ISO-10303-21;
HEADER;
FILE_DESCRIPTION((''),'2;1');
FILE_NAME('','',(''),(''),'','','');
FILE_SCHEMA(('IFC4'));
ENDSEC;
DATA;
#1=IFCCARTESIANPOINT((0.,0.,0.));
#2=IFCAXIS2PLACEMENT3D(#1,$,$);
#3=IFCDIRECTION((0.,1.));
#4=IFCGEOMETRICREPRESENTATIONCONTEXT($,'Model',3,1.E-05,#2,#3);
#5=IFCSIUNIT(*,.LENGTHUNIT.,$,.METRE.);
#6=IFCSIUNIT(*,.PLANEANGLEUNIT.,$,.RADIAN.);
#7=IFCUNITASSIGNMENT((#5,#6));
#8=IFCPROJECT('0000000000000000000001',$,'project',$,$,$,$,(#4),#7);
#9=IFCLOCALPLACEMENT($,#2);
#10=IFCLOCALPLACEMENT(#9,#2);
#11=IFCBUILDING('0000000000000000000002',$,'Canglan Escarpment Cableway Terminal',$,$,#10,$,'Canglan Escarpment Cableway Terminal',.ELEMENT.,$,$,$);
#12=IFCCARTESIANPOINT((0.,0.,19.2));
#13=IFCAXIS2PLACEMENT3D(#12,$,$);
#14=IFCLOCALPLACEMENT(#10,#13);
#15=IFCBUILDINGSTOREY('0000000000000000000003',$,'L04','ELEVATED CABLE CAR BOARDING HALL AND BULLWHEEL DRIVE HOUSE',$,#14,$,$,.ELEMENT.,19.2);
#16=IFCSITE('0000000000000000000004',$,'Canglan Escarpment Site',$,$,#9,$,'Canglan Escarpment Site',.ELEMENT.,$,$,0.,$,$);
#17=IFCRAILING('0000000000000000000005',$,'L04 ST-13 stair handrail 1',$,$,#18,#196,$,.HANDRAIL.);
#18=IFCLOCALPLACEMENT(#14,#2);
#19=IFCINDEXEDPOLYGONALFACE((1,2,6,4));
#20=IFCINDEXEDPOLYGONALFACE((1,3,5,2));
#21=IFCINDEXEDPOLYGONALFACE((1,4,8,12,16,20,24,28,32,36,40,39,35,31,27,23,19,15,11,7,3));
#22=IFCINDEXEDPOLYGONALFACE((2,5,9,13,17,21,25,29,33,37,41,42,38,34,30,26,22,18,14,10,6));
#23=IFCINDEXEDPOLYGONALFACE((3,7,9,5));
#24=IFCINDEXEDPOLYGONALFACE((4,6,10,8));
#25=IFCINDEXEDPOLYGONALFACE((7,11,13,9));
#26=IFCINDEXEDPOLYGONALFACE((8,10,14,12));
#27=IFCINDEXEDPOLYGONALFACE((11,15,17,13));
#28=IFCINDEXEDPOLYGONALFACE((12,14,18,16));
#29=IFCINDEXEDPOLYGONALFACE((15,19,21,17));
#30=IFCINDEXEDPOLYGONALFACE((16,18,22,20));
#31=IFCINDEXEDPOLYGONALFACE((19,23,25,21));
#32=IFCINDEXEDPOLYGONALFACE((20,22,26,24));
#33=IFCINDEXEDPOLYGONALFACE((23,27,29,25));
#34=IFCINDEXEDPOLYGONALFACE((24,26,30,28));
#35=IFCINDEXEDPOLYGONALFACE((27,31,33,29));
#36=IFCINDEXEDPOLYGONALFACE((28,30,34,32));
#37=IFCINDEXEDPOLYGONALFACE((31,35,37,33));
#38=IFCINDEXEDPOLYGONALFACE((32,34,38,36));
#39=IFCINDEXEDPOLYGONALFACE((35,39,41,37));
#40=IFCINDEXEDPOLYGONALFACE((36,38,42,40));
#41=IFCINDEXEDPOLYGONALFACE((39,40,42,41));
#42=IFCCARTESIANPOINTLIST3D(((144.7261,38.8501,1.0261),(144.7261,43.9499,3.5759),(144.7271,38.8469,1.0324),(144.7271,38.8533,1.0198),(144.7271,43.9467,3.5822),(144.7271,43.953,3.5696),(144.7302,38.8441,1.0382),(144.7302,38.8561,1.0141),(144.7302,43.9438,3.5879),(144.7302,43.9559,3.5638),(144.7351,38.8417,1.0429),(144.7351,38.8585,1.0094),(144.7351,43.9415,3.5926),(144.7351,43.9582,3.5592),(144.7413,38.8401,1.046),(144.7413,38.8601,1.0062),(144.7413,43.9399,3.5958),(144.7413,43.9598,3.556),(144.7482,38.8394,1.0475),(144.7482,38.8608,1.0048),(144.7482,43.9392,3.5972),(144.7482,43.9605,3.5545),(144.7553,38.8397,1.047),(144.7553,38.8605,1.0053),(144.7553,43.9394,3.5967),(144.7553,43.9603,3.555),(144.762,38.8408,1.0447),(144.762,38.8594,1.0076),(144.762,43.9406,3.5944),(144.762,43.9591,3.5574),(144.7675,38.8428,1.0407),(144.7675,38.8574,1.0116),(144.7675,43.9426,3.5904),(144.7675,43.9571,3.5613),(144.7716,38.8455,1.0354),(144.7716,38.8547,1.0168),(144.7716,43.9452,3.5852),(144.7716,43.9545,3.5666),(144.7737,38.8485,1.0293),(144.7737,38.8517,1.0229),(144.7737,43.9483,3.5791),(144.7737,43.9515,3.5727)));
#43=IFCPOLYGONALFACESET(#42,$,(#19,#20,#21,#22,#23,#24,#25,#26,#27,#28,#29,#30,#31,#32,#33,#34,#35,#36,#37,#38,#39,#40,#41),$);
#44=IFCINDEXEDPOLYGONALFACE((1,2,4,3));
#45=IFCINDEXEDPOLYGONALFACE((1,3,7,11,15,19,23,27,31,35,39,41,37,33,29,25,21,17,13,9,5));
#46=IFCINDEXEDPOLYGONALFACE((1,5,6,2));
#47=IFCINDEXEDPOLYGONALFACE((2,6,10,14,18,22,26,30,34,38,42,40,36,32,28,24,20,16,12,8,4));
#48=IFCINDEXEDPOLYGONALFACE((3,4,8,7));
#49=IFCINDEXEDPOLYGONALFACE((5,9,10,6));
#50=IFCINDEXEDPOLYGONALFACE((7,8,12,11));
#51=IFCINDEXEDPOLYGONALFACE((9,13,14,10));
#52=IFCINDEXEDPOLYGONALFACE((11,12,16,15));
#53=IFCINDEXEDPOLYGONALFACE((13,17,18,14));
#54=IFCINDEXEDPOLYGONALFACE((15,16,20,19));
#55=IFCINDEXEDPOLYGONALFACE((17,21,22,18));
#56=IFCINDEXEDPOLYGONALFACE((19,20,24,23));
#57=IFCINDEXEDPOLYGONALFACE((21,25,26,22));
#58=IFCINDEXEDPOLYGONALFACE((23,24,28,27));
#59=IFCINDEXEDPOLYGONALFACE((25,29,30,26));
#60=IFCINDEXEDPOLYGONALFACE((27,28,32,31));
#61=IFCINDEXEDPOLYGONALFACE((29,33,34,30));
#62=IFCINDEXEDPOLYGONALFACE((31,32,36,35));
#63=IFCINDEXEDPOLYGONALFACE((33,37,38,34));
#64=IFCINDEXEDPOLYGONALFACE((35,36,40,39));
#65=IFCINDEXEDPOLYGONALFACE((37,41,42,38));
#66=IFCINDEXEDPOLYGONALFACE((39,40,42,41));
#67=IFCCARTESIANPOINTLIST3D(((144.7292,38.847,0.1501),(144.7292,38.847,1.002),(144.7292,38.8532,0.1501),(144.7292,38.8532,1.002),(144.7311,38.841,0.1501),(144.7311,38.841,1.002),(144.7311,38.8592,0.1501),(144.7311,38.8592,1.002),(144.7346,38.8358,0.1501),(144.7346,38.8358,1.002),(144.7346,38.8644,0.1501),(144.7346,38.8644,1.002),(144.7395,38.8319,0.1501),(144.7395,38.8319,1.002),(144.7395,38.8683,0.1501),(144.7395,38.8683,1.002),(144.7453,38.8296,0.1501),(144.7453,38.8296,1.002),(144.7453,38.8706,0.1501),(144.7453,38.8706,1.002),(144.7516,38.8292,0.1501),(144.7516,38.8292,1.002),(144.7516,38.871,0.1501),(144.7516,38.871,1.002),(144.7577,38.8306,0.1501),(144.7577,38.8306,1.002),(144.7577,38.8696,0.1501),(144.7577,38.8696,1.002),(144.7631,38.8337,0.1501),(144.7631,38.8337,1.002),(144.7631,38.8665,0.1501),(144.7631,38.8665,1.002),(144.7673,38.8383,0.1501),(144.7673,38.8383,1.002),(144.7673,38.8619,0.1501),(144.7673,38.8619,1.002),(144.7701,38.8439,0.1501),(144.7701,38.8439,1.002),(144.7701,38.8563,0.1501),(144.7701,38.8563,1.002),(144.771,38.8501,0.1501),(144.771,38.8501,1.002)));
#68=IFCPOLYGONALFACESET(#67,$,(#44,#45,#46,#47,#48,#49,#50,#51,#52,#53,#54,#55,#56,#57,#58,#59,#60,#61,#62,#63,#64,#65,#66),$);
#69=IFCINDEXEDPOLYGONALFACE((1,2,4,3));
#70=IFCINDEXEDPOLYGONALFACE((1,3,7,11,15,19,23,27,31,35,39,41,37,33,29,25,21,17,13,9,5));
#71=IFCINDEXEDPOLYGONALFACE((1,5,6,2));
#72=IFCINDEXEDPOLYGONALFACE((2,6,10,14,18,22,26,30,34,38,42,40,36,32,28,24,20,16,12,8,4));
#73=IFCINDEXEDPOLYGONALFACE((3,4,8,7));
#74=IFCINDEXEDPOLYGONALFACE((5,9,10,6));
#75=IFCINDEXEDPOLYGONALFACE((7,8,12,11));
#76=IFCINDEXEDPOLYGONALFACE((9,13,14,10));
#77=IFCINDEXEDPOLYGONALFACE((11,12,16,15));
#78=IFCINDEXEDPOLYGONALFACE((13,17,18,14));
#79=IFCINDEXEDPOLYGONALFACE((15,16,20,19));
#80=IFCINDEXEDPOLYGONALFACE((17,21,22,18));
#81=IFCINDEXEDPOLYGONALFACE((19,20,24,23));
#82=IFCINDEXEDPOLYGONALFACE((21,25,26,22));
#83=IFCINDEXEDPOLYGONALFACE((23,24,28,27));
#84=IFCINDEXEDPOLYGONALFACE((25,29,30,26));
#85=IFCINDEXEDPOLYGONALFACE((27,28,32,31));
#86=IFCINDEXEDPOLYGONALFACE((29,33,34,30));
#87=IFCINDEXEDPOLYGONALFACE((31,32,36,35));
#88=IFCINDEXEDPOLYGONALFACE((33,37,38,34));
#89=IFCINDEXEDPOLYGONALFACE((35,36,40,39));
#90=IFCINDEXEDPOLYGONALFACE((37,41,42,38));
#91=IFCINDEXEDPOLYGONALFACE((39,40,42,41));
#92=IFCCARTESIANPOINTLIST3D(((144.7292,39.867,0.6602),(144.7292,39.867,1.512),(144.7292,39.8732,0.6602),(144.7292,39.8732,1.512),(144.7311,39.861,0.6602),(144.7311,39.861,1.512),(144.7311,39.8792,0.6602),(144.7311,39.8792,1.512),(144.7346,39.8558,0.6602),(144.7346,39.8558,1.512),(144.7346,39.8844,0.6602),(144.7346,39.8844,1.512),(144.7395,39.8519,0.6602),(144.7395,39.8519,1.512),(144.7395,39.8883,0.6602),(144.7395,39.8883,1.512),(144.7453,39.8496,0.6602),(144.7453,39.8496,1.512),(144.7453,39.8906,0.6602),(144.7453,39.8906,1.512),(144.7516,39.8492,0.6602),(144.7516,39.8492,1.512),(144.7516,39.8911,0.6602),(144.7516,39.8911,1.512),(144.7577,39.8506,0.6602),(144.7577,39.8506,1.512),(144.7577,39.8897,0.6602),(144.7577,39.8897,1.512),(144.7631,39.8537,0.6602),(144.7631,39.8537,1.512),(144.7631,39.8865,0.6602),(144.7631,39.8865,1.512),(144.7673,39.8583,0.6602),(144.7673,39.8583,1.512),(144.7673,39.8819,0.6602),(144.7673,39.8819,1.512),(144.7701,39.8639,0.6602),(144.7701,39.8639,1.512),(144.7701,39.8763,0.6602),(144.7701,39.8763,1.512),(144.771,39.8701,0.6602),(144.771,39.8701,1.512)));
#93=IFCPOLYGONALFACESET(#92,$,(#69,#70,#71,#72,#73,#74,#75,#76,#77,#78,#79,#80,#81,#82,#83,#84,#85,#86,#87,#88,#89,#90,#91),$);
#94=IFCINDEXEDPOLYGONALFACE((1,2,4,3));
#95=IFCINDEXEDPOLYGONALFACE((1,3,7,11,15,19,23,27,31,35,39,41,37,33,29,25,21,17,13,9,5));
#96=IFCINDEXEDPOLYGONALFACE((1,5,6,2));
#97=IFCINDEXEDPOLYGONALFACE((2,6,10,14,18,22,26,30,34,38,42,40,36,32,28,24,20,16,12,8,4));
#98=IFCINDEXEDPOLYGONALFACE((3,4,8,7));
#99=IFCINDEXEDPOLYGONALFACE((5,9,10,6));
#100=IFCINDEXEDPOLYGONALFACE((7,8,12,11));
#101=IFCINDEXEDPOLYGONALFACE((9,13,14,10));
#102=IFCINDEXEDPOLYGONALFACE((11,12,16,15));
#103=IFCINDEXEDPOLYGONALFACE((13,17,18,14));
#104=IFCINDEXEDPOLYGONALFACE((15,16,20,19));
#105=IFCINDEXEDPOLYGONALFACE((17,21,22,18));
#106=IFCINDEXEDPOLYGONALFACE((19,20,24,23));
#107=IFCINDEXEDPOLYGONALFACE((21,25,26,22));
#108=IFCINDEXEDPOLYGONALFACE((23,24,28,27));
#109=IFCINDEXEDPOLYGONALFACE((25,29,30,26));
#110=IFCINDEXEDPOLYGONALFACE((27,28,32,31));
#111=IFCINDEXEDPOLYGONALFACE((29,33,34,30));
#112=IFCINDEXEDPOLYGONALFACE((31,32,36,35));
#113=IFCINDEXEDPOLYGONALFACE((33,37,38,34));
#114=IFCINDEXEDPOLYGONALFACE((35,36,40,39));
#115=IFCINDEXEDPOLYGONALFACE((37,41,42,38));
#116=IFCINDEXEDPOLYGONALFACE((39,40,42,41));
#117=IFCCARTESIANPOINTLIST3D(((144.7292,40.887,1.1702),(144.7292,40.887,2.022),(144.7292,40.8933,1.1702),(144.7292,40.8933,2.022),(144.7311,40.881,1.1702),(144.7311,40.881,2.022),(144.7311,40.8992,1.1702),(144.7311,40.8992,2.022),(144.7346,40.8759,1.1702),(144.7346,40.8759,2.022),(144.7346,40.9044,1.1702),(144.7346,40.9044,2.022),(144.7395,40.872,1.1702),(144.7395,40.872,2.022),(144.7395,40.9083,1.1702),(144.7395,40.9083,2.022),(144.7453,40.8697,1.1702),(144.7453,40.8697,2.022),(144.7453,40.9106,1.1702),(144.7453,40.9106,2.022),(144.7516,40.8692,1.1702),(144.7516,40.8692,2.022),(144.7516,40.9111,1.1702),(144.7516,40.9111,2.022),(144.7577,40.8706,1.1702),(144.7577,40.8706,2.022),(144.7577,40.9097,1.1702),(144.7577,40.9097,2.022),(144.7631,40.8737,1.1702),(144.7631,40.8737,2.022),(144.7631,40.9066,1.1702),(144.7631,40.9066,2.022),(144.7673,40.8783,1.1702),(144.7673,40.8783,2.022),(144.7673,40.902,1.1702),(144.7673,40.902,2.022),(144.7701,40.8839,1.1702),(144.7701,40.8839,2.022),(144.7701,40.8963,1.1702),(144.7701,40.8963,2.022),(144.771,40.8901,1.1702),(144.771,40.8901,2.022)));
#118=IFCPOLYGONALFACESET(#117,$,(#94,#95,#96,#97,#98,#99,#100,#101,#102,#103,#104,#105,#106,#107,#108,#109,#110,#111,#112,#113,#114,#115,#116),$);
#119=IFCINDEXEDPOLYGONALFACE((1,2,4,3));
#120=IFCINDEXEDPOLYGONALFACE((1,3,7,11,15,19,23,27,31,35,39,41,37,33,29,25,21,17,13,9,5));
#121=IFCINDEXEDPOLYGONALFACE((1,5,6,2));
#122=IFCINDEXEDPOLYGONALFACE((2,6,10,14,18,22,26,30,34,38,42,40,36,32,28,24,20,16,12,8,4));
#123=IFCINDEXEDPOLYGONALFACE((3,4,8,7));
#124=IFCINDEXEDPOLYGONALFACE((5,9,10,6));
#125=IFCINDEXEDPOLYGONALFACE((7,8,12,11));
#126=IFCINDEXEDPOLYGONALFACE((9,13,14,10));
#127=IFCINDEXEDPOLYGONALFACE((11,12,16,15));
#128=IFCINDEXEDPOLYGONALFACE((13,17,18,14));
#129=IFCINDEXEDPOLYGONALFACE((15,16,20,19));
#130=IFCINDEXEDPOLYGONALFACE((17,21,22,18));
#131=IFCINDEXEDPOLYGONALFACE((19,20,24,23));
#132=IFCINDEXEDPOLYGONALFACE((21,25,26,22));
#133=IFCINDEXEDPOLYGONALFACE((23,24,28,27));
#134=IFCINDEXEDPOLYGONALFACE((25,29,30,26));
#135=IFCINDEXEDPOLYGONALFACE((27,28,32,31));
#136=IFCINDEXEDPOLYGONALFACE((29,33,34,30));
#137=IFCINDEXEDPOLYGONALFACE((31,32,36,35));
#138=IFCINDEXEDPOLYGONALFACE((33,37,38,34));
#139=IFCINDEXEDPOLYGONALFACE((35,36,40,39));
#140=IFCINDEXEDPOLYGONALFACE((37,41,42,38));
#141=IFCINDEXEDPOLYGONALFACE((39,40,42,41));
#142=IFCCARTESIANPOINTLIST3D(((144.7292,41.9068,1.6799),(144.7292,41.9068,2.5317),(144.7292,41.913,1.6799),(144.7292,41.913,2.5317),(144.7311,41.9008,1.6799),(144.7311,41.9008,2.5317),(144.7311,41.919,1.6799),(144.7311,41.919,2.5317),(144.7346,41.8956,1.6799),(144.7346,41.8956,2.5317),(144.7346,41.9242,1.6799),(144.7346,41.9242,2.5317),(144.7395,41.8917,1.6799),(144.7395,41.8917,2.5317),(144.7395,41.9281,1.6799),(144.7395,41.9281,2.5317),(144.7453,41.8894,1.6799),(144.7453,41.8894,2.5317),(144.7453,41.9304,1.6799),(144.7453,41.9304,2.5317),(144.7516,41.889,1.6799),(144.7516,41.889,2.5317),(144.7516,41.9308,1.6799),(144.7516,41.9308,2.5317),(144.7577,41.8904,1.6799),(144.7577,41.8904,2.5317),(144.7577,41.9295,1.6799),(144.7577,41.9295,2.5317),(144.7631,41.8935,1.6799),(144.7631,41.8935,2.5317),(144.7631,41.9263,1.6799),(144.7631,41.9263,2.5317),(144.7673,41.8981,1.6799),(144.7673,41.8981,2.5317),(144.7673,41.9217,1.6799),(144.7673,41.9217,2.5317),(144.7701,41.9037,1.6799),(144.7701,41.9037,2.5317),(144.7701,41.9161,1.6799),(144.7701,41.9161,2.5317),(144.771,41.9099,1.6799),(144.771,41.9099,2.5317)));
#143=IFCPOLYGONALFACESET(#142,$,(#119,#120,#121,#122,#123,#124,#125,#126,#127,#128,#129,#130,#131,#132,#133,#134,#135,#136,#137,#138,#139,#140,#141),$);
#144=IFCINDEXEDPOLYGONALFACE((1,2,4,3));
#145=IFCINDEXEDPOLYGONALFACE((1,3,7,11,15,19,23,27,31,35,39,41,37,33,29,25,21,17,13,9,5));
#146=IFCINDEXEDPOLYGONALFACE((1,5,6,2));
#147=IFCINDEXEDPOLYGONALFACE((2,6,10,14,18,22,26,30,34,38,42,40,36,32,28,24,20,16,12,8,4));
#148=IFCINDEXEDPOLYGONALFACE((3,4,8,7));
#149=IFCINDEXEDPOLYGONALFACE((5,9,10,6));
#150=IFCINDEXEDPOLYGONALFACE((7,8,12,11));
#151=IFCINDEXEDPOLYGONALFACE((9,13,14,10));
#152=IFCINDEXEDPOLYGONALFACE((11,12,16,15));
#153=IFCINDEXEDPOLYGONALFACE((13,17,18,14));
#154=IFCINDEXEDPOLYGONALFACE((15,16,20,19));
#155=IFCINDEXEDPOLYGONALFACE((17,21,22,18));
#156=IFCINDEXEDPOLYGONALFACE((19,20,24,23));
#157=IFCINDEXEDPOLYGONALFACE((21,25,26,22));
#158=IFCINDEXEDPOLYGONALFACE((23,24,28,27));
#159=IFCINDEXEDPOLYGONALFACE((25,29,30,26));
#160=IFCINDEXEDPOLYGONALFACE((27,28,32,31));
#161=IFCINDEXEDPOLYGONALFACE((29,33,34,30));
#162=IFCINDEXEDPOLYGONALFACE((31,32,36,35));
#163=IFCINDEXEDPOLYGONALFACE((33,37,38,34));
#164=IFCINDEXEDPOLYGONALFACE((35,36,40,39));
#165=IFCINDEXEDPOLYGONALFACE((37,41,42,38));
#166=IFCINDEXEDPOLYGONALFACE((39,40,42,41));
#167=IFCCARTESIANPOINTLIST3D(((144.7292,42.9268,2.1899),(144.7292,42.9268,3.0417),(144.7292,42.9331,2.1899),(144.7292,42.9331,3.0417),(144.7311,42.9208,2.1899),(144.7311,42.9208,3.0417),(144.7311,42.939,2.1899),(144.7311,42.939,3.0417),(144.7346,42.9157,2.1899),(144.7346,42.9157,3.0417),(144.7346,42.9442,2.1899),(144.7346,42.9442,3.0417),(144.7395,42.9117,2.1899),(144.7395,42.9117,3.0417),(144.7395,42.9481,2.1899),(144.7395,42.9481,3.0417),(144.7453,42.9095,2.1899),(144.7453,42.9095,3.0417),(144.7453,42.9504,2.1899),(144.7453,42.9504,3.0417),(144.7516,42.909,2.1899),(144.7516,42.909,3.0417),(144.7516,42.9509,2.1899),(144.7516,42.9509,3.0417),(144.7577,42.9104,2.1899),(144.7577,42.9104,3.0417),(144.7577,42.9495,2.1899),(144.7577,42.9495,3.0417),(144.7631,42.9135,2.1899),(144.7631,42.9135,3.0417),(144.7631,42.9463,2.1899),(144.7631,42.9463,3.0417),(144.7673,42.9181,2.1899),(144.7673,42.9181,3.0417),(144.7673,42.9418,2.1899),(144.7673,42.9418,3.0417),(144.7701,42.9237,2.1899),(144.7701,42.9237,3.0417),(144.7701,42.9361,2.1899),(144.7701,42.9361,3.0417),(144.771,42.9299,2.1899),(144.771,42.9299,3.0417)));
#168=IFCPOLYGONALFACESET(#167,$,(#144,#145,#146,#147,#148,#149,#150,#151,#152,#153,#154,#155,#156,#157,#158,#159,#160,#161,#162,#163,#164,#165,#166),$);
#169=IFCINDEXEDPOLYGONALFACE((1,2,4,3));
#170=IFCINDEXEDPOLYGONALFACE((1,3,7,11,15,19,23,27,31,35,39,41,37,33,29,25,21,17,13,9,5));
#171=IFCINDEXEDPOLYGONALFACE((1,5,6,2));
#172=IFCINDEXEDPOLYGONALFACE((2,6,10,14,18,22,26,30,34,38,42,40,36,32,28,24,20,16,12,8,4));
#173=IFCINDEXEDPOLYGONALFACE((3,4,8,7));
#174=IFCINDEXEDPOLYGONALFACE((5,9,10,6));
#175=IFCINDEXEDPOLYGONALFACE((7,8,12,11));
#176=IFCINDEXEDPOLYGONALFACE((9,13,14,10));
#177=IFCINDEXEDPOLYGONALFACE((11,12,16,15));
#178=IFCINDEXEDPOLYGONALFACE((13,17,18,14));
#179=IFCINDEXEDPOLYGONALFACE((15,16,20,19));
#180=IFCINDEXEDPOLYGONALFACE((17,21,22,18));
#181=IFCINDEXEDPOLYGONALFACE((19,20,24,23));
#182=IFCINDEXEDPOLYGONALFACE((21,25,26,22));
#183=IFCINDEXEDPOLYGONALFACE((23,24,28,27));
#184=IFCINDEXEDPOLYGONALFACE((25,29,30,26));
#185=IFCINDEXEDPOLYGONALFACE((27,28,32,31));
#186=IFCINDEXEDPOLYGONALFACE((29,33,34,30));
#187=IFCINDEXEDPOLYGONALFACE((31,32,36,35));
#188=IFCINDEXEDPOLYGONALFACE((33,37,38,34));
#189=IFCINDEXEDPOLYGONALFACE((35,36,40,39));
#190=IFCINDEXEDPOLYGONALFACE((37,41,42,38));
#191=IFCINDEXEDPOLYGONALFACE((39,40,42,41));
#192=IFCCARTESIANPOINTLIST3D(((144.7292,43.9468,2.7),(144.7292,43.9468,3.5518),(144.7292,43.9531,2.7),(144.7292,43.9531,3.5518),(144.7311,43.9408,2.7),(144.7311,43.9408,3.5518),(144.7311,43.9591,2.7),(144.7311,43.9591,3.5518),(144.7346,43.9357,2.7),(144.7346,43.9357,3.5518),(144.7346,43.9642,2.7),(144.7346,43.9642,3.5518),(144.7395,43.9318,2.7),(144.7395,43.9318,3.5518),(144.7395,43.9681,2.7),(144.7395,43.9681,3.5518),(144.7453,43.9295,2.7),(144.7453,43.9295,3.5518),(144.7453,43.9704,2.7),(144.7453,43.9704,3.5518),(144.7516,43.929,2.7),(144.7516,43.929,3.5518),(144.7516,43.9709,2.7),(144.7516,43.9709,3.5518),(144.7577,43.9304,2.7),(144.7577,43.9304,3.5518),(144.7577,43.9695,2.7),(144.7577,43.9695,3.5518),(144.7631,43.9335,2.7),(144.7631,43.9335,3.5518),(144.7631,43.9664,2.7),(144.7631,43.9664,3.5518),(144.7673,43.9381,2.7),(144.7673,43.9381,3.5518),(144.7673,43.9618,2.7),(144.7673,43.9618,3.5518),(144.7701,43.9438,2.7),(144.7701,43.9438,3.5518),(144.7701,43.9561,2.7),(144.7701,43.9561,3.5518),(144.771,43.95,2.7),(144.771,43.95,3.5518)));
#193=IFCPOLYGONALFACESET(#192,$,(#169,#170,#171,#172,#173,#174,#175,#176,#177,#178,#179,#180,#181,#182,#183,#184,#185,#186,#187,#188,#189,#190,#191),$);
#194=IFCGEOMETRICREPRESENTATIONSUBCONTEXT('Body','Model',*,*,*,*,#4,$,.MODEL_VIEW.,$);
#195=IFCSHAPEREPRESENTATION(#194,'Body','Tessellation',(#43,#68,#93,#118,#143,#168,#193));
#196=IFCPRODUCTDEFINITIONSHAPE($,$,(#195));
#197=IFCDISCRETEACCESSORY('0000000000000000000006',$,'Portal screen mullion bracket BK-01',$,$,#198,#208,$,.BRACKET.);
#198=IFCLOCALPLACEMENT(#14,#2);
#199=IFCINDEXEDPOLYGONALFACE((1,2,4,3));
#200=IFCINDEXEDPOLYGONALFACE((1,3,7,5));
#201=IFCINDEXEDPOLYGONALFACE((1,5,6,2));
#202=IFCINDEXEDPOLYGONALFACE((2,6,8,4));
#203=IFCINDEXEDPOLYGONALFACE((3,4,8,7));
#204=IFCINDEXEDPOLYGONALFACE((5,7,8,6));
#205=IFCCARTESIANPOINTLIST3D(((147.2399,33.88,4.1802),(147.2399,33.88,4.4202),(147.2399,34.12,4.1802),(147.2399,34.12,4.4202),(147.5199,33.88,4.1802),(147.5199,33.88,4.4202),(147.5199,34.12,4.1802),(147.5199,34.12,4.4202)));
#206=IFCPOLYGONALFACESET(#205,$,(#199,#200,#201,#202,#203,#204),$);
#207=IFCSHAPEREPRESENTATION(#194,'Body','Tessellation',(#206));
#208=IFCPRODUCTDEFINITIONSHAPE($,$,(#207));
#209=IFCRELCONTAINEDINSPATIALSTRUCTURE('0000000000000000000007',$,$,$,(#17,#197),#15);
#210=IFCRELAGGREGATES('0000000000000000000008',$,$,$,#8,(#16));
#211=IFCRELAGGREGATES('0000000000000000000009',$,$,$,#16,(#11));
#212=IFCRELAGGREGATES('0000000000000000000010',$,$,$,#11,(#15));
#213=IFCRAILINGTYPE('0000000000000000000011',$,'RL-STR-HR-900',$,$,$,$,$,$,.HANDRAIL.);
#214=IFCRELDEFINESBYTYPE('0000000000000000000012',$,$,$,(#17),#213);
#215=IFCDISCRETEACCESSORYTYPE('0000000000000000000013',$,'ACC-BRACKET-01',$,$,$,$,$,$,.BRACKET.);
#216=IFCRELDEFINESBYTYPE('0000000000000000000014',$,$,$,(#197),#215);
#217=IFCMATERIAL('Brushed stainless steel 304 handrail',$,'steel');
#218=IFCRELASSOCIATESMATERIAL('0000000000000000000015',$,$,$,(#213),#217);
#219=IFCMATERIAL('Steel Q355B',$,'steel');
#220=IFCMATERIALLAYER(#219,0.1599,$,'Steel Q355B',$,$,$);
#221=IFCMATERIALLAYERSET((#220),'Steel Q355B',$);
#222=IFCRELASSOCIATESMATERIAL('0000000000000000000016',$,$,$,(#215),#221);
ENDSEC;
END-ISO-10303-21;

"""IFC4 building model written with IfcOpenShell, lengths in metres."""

from ifc_helpers import new_model, si_unit, direction, frame, origin, origin_2d, place, context, subcontext, project, spatial, rectangle, circle, extrude, material, layer, layer_set, type_object, element, save


model = new_model("IFC4")

# Units and contexts
model_context = context("Model", 3, precision=1e-05, world=origin(), true_north=direction((0.0, 1.0)))
body_context = subcontext(model_context, "Body", "Model", "MODEL_VIEW")
ifc_project = project(units=[si_unit("LENGTHUNIT", "METRE"), si_unit("PLANEANGLEUNIT", "RADIAN")], contexts=[model_context])

# Site, building, storey
site_placement = place(None, origin())
site = spatial("IfcSite", under=ifc_project, at=site_placement, Name="Canglan Escarpment Site", LongName="Canglan Escarpment Site", CompositionType="ELEMENT", RefElevation=0.0)
building_placement = place(site_placement, origin())
building = spatial("IfcBuilding", under=site, at=building_placement, Name="Canglan Escarpment Cableway Terminal", LongName="Canglan Escarpment Cableway Terminal", CompositionType="ELEMENT")
storey_placement = place(building_placement, frame((0.0, 0.0, 19.2)))
storey = spatial("IfcBuildingStorey", under=building, at=storey_placement, Name="L04", Description="ELEVATED CABLE CAR BOARDING HALL AND BULLWHEEL DRIVE HOUSE", CompositionType="ELEMENT", Elevation=19.2)

# Shared definitions
ifc_material_1 = material(Name="Steel Q355B", Category="steel")

# Railing
ifc_material_2 = material(Name="Brushed stainless steel 304 handrail", Category="steel")
railing_type_1 = type_object("IfcRailingType", Name="RL-STR-HR-900", PredefinedType="HANDRAIL", material=ifc_material_2)
railing_1_placement = place(storey_placement, frame((144.75, 38.8501, 0.1501)))
element("IfcRailing", 1, at=railing_1_placement, inside=storey, type_object=railing_type_1, Name="L04 ST-13 stair handrail 1", PredefinedType="HANDRAIL", context=body_context, shape_type="SweptSolid", body=[
    extrude(circle(Radius=0.0239, at=origin_2d()), frame((0.0, 0.0, 0.876), z_axis=(0.0, 0.894436, 0.447196), x_axis=(-1.0, 0.0, 0.0)), (0.0, 0.0, 1.0), 5.7017),
    extrude(circle(Radius=0.021, at=origin_2d()), origin(), (0.0, 0.0, 1.0), 0.8518),
    extrude(circle(Radius=0.021, at=origin_2d()), frame((0.0, 1.02, 0.51)), (0.0, 0.0, 1.0), 0.8518),
    extrude(circle(Radius=0.021, at=origin_2d()), frame((0.0, 2.04, 1.02)), (0.0, 0.0, 1.0), 0.8518),
    extrude(circle(Radius=0.021, at=origin_2d()), frame((0.0, 3.0598, 1.5298)), (0.0, 0.0, 1.0), 0.8518),
    extrude(circle(Radius=0.021, at=origin_2d()), frame((0.0, 4.0798, 2.0398)), (0.0, 0.0, 1.0), 0.8518),
    extrude(circle(Radius=0.021, at=origin_2d()), frame((0.0, 5.0999, 2.5498)), (0.0, 0.0, 1.0), 0.8518),
])

# Discrete accessory
ifc_layer_1 = layer(ifc_material_1, 0.1599, Name="Steel Q355B")
ifc_layer_set_1 = layer_set([ifc_layer_1], Name="Steel Q355B")
discrete_accessory_type = type_object("IfcDiscreteAccessoryType", Name="ACC-BRACKET-01", PredefinedType="BRACKET", material=ifc_layer_set_1)
discrete_accessory_placement = place(storey_placement, frame((147.3799, 34.0, 4.1802), z_axis=(0.0, 0.0, 1.0), x_axis=(1.0, 0.0, 0.0)))
element("IfcDiscreteAccessory", 2, at=discrete_accessory_placement, inside=storey, type_object=discrete_accessory_type, Name="Portal screen mullion bracket BK-01", PredefinedType="BRACKET", context=body_context, shape_type="SweptSolid", body=[
    extrude(rectangle(XDim=0.28, YDim=0.24, at=origin_2d()), origin(), (0.0, 0.0, 1.0), 0.24),
])

save(model, "model.ifc")
